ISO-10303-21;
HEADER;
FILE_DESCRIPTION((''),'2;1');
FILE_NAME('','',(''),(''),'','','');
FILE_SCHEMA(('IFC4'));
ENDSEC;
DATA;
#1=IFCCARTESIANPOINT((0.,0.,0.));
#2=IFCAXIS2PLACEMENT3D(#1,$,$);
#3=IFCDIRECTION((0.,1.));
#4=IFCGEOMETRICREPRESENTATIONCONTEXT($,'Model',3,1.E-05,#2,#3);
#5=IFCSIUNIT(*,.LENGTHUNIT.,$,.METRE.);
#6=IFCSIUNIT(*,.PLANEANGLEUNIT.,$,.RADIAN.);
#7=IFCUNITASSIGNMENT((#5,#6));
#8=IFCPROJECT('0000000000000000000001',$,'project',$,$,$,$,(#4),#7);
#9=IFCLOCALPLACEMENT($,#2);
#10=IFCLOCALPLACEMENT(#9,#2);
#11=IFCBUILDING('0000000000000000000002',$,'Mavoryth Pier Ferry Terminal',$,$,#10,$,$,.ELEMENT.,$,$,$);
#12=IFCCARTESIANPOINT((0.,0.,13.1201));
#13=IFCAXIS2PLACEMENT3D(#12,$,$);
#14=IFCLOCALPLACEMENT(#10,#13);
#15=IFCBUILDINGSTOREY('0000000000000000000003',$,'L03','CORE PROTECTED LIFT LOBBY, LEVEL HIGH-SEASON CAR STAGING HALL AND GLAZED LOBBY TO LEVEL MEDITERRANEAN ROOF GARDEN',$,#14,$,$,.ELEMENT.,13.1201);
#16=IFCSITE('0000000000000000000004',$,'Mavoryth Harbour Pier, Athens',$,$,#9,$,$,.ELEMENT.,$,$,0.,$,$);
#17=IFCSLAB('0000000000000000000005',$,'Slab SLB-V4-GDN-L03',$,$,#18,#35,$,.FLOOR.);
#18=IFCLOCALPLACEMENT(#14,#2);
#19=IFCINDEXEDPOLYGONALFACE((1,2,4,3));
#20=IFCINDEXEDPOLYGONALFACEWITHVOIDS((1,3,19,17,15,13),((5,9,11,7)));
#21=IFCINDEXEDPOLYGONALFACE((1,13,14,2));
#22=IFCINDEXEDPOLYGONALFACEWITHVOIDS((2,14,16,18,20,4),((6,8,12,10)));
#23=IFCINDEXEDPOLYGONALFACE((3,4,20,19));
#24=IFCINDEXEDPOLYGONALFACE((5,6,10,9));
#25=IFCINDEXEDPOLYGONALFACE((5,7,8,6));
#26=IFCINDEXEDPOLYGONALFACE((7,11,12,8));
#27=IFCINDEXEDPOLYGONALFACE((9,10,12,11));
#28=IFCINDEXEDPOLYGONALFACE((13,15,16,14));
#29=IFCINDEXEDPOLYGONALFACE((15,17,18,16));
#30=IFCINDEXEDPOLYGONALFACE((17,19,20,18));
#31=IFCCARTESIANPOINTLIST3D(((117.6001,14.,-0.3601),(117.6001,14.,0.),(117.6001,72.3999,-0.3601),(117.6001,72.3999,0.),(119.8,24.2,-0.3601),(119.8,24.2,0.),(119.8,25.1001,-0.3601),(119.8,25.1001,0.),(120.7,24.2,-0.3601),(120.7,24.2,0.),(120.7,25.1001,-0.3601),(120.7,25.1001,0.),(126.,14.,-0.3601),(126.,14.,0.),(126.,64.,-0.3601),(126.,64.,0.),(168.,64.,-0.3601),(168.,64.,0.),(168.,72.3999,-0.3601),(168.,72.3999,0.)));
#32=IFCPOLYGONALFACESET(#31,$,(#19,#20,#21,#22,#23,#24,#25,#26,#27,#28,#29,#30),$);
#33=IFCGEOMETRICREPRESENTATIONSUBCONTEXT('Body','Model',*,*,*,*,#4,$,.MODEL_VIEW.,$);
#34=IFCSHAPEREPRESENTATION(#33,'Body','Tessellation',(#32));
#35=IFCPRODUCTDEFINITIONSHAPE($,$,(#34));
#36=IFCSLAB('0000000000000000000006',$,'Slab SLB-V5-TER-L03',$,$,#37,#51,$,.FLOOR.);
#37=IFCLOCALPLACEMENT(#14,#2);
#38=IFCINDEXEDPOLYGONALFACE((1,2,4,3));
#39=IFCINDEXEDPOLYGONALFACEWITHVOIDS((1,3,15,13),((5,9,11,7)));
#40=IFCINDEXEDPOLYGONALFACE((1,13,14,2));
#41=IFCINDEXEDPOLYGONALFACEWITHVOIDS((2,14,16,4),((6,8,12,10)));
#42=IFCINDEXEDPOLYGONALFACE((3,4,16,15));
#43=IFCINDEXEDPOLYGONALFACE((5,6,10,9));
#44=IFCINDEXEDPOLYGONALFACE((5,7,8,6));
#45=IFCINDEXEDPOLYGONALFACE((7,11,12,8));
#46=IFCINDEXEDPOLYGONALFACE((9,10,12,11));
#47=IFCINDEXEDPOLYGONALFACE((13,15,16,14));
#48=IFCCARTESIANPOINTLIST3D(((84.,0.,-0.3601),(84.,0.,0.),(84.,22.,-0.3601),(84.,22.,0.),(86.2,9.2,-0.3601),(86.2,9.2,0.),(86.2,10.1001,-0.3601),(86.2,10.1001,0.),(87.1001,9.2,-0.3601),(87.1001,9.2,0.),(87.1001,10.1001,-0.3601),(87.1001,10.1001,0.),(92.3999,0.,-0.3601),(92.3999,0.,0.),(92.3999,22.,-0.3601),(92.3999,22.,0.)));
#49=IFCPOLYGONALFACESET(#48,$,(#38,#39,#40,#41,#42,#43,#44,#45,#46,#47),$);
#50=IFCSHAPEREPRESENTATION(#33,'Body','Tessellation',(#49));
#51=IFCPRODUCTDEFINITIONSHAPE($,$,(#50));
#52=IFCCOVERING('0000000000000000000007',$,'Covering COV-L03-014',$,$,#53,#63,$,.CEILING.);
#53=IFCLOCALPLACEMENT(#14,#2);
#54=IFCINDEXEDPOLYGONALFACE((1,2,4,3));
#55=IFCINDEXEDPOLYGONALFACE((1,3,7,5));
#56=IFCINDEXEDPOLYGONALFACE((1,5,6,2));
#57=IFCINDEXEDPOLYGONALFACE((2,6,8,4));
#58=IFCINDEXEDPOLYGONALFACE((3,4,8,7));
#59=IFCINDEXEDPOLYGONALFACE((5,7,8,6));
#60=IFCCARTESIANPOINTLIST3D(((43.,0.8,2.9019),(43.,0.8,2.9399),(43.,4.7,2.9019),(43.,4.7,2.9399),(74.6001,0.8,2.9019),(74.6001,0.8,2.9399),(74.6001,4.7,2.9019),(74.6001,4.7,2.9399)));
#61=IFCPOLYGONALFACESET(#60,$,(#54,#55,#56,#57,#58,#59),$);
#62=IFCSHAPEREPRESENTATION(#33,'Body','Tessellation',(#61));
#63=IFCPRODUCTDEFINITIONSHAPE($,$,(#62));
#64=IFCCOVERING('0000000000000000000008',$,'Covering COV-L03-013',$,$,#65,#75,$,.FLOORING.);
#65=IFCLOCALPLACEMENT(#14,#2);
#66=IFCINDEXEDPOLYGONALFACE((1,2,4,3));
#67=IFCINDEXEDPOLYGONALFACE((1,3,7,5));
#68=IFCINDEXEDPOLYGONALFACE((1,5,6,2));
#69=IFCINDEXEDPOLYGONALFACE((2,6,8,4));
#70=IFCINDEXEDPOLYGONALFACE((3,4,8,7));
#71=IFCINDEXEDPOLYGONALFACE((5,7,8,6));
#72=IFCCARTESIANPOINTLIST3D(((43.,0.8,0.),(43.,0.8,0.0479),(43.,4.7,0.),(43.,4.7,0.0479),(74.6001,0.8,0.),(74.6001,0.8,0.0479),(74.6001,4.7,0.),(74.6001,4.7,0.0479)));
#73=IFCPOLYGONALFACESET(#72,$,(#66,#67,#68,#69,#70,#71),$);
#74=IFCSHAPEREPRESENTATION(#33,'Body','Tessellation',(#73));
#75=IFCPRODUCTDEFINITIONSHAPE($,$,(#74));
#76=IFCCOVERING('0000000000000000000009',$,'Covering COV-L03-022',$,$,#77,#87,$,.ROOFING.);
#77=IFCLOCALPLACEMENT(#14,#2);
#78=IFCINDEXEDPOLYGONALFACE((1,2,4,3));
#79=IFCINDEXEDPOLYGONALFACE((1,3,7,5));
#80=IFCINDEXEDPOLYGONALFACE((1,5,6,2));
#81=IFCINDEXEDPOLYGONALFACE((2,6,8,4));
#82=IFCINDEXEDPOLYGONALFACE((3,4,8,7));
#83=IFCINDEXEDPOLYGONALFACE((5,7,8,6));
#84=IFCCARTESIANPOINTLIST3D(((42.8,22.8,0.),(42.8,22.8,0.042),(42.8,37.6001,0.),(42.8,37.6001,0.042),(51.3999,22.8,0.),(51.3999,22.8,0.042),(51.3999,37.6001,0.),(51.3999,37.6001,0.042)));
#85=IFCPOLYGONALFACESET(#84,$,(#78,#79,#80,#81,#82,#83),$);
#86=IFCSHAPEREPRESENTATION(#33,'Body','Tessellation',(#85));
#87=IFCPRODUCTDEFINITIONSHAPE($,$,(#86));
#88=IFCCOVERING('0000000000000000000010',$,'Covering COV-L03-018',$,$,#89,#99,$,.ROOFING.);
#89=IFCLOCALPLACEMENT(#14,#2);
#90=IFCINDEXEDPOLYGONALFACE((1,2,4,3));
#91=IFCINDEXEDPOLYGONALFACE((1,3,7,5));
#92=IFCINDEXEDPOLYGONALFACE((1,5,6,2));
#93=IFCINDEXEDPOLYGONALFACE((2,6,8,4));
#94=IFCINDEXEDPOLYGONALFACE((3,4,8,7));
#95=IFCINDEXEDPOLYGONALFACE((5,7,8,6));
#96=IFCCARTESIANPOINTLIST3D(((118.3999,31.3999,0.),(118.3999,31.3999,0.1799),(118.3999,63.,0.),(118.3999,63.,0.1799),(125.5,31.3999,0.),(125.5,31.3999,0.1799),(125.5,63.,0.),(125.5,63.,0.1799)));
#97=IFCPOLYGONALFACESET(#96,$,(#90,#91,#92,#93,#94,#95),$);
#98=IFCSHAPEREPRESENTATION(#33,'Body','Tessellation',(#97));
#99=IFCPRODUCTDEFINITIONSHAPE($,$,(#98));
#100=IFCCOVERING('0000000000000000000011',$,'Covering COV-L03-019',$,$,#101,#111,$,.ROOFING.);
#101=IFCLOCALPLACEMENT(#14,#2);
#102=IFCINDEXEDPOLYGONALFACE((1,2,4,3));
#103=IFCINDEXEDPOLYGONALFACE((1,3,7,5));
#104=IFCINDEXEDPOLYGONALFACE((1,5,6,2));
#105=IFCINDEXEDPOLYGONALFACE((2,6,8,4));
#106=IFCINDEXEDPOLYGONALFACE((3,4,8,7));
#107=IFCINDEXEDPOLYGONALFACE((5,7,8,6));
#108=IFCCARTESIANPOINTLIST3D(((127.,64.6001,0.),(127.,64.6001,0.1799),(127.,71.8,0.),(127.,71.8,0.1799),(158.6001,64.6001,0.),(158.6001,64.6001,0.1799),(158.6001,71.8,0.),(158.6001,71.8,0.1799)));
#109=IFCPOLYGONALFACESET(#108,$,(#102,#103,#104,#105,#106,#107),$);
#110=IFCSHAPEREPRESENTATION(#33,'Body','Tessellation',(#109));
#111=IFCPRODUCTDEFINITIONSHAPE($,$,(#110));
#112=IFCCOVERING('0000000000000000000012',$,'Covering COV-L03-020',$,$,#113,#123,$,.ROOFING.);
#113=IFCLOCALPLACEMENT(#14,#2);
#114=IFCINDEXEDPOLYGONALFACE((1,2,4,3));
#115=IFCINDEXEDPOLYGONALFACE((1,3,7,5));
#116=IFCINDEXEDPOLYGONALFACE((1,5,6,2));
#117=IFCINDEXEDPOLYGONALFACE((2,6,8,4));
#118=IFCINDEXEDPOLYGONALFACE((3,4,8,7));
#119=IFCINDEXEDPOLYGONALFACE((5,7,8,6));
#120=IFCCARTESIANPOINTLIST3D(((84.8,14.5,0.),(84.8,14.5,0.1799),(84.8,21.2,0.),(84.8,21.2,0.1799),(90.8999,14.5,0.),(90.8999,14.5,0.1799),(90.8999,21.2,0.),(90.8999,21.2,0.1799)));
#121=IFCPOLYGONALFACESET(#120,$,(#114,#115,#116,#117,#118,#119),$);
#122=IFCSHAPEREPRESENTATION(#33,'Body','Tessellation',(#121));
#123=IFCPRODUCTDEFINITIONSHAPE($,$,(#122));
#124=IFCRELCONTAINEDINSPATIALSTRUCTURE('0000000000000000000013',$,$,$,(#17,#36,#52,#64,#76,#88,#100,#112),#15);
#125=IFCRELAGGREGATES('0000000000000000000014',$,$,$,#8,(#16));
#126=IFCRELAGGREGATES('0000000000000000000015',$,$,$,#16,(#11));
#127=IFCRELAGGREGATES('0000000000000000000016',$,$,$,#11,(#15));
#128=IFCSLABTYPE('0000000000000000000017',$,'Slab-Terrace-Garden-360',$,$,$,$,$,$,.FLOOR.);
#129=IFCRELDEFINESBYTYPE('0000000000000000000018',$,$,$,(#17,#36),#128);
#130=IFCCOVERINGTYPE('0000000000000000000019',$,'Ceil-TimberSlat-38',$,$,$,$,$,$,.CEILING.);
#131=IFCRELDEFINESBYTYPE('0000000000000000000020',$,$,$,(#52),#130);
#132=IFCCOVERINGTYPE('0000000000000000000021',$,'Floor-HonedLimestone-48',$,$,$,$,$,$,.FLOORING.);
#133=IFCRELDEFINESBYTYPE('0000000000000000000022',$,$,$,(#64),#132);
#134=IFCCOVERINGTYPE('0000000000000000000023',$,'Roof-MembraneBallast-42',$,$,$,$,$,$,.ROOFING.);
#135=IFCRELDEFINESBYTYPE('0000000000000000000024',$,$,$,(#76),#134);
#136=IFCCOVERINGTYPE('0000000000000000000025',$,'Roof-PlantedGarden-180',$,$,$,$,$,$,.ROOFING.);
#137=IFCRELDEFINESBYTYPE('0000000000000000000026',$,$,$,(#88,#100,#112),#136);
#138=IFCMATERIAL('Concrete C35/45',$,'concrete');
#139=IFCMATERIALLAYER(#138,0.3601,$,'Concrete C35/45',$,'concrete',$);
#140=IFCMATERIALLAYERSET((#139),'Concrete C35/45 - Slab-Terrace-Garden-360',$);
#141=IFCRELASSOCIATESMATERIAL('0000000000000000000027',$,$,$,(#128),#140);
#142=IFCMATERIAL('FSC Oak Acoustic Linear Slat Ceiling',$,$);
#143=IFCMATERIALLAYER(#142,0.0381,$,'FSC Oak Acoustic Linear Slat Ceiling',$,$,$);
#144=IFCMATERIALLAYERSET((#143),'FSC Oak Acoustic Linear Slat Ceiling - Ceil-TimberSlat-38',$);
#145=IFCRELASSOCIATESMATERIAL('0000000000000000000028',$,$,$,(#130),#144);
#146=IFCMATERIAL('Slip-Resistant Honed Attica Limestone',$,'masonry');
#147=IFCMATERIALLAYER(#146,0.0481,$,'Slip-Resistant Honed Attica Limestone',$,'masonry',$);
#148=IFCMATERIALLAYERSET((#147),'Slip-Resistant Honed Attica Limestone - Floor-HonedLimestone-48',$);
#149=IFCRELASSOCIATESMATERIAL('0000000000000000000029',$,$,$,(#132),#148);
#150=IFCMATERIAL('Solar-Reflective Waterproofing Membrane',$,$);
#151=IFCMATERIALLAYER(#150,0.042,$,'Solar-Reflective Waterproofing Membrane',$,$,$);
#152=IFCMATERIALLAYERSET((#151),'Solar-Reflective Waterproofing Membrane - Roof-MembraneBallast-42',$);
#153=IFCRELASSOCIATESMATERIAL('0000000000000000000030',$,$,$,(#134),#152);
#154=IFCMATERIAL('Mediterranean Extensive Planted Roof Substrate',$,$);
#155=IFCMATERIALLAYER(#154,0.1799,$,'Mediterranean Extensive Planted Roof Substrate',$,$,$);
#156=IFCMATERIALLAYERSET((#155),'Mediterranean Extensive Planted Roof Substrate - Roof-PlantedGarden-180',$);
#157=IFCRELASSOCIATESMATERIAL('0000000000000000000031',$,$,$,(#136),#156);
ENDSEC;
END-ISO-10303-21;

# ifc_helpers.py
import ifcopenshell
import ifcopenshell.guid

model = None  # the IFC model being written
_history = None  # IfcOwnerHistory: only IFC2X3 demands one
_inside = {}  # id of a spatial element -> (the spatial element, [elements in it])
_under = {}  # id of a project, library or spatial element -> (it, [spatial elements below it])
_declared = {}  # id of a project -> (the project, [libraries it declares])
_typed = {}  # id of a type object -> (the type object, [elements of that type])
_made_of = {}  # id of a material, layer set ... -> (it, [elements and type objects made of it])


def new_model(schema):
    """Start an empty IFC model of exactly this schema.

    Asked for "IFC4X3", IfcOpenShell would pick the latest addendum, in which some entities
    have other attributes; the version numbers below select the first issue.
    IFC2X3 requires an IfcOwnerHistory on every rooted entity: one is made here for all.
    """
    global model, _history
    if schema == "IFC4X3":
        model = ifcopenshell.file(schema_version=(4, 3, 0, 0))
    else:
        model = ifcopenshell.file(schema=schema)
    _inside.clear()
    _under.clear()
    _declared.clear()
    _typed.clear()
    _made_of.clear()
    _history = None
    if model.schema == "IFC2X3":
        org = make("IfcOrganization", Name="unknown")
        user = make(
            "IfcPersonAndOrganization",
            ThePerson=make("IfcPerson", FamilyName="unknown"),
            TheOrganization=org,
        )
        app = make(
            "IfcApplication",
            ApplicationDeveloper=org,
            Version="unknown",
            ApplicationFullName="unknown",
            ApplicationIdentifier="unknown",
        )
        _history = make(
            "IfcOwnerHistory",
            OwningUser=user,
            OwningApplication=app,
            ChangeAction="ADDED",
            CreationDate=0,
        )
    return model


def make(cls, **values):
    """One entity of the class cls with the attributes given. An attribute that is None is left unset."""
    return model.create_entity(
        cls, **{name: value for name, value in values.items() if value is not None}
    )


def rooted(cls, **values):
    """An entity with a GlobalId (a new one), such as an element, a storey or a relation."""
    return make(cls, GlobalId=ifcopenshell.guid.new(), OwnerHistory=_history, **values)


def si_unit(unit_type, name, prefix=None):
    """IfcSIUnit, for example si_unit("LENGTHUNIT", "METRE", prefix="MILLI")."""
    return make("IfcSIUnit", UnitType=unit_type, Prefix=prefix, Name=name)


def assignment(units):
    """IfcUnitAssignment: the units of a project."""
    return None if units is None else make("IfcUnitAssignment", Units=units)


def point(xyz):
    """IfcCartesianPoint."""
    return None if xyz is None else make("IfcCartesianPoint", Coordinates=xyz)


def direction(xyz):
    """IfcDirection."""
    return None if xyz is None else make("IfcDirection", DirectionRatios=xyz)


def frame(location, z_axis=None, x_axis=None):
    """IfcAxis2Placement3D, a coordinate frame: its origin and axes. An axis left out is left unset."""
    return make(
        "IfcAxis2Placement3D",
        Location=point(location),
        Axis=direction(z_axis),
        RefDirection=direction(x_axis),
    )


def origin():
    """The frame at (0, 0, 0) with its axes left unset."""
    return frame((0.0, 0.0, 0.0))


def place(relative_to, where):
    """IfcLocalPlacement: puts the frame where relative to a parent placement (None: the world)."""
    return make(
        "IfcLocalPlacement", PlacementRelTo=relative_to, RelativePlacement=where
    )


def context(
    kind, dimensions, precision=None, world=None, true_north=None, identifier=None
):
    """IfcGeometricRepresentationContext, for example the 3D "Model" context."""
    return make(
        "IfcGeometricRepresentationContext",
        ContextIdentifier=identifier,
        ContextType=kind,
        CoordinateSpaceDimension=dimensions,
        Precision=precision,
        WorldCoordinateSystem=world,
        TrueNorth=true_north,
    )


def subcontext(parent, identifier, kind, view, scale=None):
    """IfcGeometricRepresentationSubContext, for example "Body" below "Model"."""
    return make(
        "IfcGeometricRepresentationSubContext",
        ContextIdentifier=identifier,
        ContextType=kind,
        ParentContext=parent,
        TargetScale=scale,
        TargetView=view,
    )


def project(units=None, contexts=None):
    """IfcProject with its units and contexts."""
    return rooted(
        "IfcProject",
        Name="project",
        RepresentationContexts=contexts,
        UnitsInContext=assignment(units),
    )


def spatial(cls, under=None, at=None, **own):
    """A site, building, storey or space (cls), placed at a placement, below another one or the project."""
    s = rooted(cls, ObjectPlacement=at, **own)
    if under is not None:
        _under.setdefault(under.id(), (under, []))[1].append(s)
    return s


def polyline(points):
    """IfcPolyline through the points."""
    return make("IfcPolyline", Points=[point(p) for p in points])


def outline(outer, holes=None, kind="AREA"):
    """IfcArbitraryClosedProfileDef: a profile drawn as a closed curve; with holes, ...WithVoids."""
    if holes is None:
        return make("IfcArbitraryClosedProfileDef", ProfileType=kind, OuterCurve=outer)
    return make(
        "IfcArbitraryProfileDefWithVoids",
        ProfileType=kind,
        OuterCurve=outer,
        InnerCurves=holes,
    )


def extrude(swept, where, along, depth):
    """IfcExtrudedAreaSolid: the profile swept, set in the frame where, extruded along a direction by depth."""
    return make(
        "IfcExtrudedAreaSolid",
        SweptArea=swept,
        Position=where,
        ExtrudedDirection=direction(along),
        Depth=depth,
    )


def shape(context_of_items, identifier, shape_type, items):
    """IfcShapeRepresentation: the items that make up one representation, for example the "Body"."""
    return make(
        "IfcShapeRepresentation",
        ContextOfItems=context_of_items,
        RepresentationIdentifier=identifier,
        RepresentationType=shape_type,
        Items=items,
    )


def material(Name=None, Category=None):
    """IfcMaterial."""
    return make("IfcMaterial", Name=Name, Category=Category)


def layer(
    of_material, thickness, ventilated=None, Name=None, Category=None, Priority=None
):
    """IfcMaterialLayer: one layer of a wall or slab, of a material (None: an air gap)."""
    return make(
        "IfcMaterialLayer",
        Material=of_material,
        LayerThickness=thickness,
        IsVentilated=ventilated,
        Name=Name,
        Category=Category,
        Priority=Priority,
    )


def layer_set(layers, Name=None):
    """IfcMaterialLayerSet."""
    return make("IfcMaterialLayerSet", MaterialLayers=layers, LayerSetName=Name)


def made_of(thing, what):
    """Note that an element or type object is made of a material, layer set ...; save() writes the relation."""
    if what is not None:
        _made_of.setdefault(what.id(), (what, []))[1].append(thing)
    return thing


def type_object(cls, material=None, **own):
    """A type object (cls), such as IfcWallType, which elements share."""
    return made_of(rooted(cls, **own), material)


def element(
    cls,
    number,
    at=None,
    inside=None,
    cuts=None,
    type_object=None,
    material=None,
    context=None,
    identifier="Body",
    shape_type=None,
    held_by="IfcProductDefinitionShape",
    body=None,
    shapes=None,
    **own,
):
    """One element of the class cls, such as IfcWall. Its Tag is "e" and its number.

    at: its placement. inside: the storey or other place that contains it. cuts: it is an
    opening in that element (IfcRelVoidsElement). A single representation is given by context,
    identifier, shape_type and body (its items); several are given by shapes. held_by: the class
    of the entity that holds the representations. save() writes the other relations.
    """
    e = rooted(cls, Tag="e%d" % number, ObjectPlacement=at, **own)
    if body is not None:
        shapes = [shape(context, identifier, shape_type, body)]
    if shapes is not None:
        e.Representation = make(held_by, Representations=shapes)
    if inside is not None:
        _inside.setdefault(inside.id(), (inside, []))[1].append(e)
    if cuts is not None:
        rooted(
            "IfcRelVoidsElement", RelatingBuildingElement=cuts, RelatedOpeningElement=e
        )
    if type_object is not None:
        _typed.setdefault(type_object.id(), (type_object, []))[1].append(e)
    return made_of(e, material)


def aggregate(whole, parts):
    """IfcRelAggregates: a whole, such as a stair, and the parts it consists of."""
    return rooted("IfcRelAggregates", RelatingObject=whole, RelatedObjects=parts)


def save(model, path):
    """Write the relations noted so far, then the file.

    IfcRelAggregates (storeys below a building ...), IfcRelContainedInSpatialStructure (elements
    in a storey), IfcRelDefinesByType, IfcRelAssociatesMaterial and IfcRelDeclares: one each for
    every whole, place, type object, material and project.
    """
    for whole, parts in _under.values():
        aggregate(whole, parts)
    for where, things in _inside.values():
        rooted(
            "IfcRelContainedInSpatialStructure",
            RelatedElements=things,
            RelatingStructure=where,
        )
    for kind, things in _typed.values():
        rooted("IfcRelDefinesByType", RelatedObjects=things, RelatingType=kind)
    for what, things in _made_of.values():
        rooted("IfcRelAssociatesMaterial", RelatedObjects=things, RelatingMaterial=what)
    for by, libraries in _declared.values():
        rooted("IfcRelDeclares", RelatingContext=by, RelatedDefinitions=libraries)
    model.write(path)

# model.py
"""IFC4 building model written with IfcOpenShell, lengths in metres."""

from ifc_helpers import new_model, si_unit, direction, frame, origin, place, context, subcontext, project, spatial, polyline, outline, extrude, material, layer, layer_set, type_object, element, save


model = new_model("IFC4")

# Units and contexts
model_context = context("Model", 3, precision=1e-05, world=origin(), true_north=direction((0.0, 1.0)))
body_context = subcontext(model_context, "Body", "Model", "MODEL_VIEW")
ifc_project = project(units=[si_unit("LENGTHUNIT", "METRE"), si_unit("PLANEANGLEUNIT", "RADIAN")], contexts=[model_context])

# Site, building, storey
site_placement = place(None, origin())
site = spatial("IfcSite", under=ifc_project, at=site_placement, Name="Mavoryth Harbour Pier, Athens", CompositionType="ELEMENT", RefElevation=0.0)
building_placement = place(site_placement, origin())
building = spatial("IfcBuilding", under=site, at=building_placement, Name="Mavoryth Pier Ferry Terminal", CompositionType="ELEMENT")
storey_placement = place(building_placement, frame((0.0, 0.0, 13.1201)))
storey = spatial("IfcBuildingStorey", under=building, at=storey_placement, Name="L03", Description="CORE PROTECTED LIFT LOBBY, LEVEL HIGH-SEASON CAR STAGING HALL AND GLAZED LOBBY TO LEVEL MEDITERRANEAN ROOF GARDEN", CompositionType="ELEMENT", Elevation=13.1201)

# Shared definitions
ifc_material_1 = material(Name="Concrete C35/45", Category="concrete")

# Slabs
ifc_layer_1 = layer(ifc_material_1, 0.3601, Name="Concrete C35/45", Category="concrete")
ifc_layer_set_1 = layer_set([ifc_layer_1], Name="Concrete C35/45 - Slab-Terrace-Garden-360")
slab_type_1 = type_object("IfcSlabType", Name="Slab-Terrace-Garden-360", PredefinedType="FLOOR", material=ifc_layer_set_1)
slab_1_placement = place(storey_placement, frame((0.0, 0.0, -0.3601)))
element("IfcSlab", 1, at=slab_1_placement, inside=storey, type_object=slab_type_1, Name="Slab SLB-V4-GDN-L03", PredefinedType="FLOOR", context=body_context, shape_type="SweptSolid", body=[
    extrude(outline(polyline([(117.6001, 14.0), (126.0, 14.0), (126.0, 64.0), (168.0, 64.0), (168.0, 72.3999), (117.6001, 72.3999), (117.6001, 14.0)]), holes=[polyline([(119.8, 24.2), (120.7, 24.2), (120.7, 25.1001), (119.8, 25.1001), (119.8, 24.2)])]), origin(), (0.0, 0.0, 1.0), 0.3601),
])
slab_2_placement = place(storey_placement, frame((0.0, 0.0, -0.3601)))
element("IfcSlab", 2, at=slab_2_placement, inside=storey, type_object=slab_type_1, Name="Slab SLB-V5-TER-L03", PredefinedType="FLOOR", context=body_context, shape_type="SweptSolid", body=[
    extrude(outline(polyline([(84.0, 0.0), (92.3999, 0.0), (92.3999, 22.0), (84.0, 22.0), (84.0, 0.0)]), holes=[polyline([(86.2, 9.2), (87.1001, 9.2), (87.1001, 10.1001), (86.2, 10.1001), (86.2, 9.2)])]), origin(), (0.0, 0.0, 1.0), 0.3601),
])

# Coverings
ifc_material_2 = material(Name="FSC Oak Acoustic Linear Slat Ceiling")
ifc_layer_2 = layer(ifc_material_2, 0.0381, Name="FSC Oak Acoustic Linear Slat Ceiling")
ifc_layer_set_2 = layer_set([ifc_layer_2], Name="FSC Oak Acoustic Linear Slat Ceiling - Ceil-TimberSlat-38")
covering_type_1 = type_object("IfcCoveringType", Name="Ceil-TimberSlat-38", PredefinedType="CEILING", material=ifc_layer_set_2)
covering_1_placement = place(storey_placement, frame((0.0, 0.0, 2.9019)))
element("IfcCovering", 3, at=covering_1_placement, inside=storey, type_object=covering_type_1, Name="Covering COV-L03-014", PredefinedType="CEILING", context=body_context, shape_type="SweptSolid", body=[
    extrude(outline(polyline([(43.0, 0.8), (74.6001, 0.8), (74.6001, 4.7), (43.0, 4.7), (43.0, 0.8)])), origin(), (0.0, 0.0, 1.0), 0.0381),
])
ifc_material_3 = material(Name="Slip-Resistant Honed Attica Limestone", Category="masonry")
ifc_layer_3 = layer(ifc_material_3, 0.0481, Name="Slip-Resistant Honed Attica Limestone", Category="masonry")
ifc_layer_set_3 = layer_set([ifc_layer_3], Name="Slip-Resistant Honed Attica Limestone - Floor-HonedLimestone-48")
covering_type_2 = type_object("IfcCoveringType", Name="Floor-HonedLimestone-48", PredefinedType="FLOORING", material=ifc_layer_set_3)
covering_2_placement = place(storey_placement, origin())
element("IfcCovering", 4, at=covering_2_placement, inside=storey, type_object=covering_type_2, Name="Covering COV-L03-013", PredefinedType="FLOORING", context=body_context, shape_type="SweptSolid", body=[
    extrude(outline(polyline([(43.0, 0.8), (74.6001, 0.8), (74.6001, 4.7), (43.0, 4.7), (43.0, 0.8)])), origin(), (0.0, 0.0, 1.0), 0.0479),
])
ifc_material_4 = material(Name="Solar-Reflective Waterproofing Membrane")
ifc_layer_4 = layer(ifc_material_4, 0.042, Name="Solar-Reflective Waterproofing Membrane")
ifc_layer_set_4 = layer_set([ifc_layer_4], Name="Solar-Reflective Waterproofing Membrane - Roof-MembraneBallast-42")
covering_type_3 = type_object("IfcCoveringType", Name="Roof-MembraneBallast-42", PredefinedType="ROOFING", material=ifc_layer_set_4)
covering_3_placement = place(storey_placement, origin())
element("IfcCovering", 5, at=covering_3_placement, inside=storey, type_object=covering_type_3, Name="Covering COV-L03-022", PredefinedType="ROOFING", context=body_context, shape_type="SweptSolid", body=[
    extrude(outline(polyline([(42.8, 22.8), (51.3999, 22.8), (51.3999, 37.6001), (42.8, 37.6001), (42.8, 22.8)])), origin(), (0.0, 0.0, 1.0), 0.042),
])
ifc_material_5 = material(Name="Mediterranean Extensive Planted Roof Substrate")
ifc_layer_5 = layer(ifc_material_5, 0.1799, Name="Mediterranean Extensive Planted Roof Substrate")
ifc_layer_set_5 = layer_set([ifc_layer_5], Name="Mediterranean Extensive Planted Roof Substrate - Roof-PlantedGarden-180")
covering_type_4 = type_object("IfcCoveringType", Name="Roof-PlantedGarden-180", PredefinedType="ROOFING", material=ifc_layer_set_5)
covering_4_placement = place(storey_placement, origin())
element("IfcCovering", 6, at=covering_4_placement, inside=storey, type_object=covering_type_4, Name="Covering COV-L03-018", PredefinedType="ROOFING", context=body_context, shape_type="SweptSolid", body=[
    extrude(outline(polyline([(118.3999, 31.3999), (125.5, 31.3999), (125.5, 63.0), (118.3999, 63.0), (118.3999, 31.3999)])), origin(), (0.0, 0.0, 1.0), 0.1799),
])
covering_5_placement = place(storey_placement, origin())
element("IfcCovering", 7, at=covering_5_placement, inside=storey, type_object=covering_type_4, Name="Covering COV-L03-019", PredefinedType="ROOFING", context=body_context, shape_type="SweptSolid", body=[
    extrude(outline(polyline([(127.0, 64.6001), (158.6001, 64.6001), (158.6001, 71.8), (127.0, 71.8), (127.0, 64.6001)])), origin(), (0.0, 0.0, 1.0), 0.1799),
])
covering_6_placement = place(storey_placement, origin())
element("IfcCovering", 8, at=covering_6_placement, inside=storey, type_object=covering_type_4, Name="Covering COV-L03-020", PredefinedType="ROOFING", context=body_context, shape_type="SweptSolid", body=[
    extrude(outline(polyline([(84.8, 14.5), (90.8999, 14.5), (90.8999, 21.2), (84.8, 21.2), (84.8, 14.5)])), origin(), (0.0, 0.0, 1.0), 0.1799),
])

save(model, "model.ifc")
